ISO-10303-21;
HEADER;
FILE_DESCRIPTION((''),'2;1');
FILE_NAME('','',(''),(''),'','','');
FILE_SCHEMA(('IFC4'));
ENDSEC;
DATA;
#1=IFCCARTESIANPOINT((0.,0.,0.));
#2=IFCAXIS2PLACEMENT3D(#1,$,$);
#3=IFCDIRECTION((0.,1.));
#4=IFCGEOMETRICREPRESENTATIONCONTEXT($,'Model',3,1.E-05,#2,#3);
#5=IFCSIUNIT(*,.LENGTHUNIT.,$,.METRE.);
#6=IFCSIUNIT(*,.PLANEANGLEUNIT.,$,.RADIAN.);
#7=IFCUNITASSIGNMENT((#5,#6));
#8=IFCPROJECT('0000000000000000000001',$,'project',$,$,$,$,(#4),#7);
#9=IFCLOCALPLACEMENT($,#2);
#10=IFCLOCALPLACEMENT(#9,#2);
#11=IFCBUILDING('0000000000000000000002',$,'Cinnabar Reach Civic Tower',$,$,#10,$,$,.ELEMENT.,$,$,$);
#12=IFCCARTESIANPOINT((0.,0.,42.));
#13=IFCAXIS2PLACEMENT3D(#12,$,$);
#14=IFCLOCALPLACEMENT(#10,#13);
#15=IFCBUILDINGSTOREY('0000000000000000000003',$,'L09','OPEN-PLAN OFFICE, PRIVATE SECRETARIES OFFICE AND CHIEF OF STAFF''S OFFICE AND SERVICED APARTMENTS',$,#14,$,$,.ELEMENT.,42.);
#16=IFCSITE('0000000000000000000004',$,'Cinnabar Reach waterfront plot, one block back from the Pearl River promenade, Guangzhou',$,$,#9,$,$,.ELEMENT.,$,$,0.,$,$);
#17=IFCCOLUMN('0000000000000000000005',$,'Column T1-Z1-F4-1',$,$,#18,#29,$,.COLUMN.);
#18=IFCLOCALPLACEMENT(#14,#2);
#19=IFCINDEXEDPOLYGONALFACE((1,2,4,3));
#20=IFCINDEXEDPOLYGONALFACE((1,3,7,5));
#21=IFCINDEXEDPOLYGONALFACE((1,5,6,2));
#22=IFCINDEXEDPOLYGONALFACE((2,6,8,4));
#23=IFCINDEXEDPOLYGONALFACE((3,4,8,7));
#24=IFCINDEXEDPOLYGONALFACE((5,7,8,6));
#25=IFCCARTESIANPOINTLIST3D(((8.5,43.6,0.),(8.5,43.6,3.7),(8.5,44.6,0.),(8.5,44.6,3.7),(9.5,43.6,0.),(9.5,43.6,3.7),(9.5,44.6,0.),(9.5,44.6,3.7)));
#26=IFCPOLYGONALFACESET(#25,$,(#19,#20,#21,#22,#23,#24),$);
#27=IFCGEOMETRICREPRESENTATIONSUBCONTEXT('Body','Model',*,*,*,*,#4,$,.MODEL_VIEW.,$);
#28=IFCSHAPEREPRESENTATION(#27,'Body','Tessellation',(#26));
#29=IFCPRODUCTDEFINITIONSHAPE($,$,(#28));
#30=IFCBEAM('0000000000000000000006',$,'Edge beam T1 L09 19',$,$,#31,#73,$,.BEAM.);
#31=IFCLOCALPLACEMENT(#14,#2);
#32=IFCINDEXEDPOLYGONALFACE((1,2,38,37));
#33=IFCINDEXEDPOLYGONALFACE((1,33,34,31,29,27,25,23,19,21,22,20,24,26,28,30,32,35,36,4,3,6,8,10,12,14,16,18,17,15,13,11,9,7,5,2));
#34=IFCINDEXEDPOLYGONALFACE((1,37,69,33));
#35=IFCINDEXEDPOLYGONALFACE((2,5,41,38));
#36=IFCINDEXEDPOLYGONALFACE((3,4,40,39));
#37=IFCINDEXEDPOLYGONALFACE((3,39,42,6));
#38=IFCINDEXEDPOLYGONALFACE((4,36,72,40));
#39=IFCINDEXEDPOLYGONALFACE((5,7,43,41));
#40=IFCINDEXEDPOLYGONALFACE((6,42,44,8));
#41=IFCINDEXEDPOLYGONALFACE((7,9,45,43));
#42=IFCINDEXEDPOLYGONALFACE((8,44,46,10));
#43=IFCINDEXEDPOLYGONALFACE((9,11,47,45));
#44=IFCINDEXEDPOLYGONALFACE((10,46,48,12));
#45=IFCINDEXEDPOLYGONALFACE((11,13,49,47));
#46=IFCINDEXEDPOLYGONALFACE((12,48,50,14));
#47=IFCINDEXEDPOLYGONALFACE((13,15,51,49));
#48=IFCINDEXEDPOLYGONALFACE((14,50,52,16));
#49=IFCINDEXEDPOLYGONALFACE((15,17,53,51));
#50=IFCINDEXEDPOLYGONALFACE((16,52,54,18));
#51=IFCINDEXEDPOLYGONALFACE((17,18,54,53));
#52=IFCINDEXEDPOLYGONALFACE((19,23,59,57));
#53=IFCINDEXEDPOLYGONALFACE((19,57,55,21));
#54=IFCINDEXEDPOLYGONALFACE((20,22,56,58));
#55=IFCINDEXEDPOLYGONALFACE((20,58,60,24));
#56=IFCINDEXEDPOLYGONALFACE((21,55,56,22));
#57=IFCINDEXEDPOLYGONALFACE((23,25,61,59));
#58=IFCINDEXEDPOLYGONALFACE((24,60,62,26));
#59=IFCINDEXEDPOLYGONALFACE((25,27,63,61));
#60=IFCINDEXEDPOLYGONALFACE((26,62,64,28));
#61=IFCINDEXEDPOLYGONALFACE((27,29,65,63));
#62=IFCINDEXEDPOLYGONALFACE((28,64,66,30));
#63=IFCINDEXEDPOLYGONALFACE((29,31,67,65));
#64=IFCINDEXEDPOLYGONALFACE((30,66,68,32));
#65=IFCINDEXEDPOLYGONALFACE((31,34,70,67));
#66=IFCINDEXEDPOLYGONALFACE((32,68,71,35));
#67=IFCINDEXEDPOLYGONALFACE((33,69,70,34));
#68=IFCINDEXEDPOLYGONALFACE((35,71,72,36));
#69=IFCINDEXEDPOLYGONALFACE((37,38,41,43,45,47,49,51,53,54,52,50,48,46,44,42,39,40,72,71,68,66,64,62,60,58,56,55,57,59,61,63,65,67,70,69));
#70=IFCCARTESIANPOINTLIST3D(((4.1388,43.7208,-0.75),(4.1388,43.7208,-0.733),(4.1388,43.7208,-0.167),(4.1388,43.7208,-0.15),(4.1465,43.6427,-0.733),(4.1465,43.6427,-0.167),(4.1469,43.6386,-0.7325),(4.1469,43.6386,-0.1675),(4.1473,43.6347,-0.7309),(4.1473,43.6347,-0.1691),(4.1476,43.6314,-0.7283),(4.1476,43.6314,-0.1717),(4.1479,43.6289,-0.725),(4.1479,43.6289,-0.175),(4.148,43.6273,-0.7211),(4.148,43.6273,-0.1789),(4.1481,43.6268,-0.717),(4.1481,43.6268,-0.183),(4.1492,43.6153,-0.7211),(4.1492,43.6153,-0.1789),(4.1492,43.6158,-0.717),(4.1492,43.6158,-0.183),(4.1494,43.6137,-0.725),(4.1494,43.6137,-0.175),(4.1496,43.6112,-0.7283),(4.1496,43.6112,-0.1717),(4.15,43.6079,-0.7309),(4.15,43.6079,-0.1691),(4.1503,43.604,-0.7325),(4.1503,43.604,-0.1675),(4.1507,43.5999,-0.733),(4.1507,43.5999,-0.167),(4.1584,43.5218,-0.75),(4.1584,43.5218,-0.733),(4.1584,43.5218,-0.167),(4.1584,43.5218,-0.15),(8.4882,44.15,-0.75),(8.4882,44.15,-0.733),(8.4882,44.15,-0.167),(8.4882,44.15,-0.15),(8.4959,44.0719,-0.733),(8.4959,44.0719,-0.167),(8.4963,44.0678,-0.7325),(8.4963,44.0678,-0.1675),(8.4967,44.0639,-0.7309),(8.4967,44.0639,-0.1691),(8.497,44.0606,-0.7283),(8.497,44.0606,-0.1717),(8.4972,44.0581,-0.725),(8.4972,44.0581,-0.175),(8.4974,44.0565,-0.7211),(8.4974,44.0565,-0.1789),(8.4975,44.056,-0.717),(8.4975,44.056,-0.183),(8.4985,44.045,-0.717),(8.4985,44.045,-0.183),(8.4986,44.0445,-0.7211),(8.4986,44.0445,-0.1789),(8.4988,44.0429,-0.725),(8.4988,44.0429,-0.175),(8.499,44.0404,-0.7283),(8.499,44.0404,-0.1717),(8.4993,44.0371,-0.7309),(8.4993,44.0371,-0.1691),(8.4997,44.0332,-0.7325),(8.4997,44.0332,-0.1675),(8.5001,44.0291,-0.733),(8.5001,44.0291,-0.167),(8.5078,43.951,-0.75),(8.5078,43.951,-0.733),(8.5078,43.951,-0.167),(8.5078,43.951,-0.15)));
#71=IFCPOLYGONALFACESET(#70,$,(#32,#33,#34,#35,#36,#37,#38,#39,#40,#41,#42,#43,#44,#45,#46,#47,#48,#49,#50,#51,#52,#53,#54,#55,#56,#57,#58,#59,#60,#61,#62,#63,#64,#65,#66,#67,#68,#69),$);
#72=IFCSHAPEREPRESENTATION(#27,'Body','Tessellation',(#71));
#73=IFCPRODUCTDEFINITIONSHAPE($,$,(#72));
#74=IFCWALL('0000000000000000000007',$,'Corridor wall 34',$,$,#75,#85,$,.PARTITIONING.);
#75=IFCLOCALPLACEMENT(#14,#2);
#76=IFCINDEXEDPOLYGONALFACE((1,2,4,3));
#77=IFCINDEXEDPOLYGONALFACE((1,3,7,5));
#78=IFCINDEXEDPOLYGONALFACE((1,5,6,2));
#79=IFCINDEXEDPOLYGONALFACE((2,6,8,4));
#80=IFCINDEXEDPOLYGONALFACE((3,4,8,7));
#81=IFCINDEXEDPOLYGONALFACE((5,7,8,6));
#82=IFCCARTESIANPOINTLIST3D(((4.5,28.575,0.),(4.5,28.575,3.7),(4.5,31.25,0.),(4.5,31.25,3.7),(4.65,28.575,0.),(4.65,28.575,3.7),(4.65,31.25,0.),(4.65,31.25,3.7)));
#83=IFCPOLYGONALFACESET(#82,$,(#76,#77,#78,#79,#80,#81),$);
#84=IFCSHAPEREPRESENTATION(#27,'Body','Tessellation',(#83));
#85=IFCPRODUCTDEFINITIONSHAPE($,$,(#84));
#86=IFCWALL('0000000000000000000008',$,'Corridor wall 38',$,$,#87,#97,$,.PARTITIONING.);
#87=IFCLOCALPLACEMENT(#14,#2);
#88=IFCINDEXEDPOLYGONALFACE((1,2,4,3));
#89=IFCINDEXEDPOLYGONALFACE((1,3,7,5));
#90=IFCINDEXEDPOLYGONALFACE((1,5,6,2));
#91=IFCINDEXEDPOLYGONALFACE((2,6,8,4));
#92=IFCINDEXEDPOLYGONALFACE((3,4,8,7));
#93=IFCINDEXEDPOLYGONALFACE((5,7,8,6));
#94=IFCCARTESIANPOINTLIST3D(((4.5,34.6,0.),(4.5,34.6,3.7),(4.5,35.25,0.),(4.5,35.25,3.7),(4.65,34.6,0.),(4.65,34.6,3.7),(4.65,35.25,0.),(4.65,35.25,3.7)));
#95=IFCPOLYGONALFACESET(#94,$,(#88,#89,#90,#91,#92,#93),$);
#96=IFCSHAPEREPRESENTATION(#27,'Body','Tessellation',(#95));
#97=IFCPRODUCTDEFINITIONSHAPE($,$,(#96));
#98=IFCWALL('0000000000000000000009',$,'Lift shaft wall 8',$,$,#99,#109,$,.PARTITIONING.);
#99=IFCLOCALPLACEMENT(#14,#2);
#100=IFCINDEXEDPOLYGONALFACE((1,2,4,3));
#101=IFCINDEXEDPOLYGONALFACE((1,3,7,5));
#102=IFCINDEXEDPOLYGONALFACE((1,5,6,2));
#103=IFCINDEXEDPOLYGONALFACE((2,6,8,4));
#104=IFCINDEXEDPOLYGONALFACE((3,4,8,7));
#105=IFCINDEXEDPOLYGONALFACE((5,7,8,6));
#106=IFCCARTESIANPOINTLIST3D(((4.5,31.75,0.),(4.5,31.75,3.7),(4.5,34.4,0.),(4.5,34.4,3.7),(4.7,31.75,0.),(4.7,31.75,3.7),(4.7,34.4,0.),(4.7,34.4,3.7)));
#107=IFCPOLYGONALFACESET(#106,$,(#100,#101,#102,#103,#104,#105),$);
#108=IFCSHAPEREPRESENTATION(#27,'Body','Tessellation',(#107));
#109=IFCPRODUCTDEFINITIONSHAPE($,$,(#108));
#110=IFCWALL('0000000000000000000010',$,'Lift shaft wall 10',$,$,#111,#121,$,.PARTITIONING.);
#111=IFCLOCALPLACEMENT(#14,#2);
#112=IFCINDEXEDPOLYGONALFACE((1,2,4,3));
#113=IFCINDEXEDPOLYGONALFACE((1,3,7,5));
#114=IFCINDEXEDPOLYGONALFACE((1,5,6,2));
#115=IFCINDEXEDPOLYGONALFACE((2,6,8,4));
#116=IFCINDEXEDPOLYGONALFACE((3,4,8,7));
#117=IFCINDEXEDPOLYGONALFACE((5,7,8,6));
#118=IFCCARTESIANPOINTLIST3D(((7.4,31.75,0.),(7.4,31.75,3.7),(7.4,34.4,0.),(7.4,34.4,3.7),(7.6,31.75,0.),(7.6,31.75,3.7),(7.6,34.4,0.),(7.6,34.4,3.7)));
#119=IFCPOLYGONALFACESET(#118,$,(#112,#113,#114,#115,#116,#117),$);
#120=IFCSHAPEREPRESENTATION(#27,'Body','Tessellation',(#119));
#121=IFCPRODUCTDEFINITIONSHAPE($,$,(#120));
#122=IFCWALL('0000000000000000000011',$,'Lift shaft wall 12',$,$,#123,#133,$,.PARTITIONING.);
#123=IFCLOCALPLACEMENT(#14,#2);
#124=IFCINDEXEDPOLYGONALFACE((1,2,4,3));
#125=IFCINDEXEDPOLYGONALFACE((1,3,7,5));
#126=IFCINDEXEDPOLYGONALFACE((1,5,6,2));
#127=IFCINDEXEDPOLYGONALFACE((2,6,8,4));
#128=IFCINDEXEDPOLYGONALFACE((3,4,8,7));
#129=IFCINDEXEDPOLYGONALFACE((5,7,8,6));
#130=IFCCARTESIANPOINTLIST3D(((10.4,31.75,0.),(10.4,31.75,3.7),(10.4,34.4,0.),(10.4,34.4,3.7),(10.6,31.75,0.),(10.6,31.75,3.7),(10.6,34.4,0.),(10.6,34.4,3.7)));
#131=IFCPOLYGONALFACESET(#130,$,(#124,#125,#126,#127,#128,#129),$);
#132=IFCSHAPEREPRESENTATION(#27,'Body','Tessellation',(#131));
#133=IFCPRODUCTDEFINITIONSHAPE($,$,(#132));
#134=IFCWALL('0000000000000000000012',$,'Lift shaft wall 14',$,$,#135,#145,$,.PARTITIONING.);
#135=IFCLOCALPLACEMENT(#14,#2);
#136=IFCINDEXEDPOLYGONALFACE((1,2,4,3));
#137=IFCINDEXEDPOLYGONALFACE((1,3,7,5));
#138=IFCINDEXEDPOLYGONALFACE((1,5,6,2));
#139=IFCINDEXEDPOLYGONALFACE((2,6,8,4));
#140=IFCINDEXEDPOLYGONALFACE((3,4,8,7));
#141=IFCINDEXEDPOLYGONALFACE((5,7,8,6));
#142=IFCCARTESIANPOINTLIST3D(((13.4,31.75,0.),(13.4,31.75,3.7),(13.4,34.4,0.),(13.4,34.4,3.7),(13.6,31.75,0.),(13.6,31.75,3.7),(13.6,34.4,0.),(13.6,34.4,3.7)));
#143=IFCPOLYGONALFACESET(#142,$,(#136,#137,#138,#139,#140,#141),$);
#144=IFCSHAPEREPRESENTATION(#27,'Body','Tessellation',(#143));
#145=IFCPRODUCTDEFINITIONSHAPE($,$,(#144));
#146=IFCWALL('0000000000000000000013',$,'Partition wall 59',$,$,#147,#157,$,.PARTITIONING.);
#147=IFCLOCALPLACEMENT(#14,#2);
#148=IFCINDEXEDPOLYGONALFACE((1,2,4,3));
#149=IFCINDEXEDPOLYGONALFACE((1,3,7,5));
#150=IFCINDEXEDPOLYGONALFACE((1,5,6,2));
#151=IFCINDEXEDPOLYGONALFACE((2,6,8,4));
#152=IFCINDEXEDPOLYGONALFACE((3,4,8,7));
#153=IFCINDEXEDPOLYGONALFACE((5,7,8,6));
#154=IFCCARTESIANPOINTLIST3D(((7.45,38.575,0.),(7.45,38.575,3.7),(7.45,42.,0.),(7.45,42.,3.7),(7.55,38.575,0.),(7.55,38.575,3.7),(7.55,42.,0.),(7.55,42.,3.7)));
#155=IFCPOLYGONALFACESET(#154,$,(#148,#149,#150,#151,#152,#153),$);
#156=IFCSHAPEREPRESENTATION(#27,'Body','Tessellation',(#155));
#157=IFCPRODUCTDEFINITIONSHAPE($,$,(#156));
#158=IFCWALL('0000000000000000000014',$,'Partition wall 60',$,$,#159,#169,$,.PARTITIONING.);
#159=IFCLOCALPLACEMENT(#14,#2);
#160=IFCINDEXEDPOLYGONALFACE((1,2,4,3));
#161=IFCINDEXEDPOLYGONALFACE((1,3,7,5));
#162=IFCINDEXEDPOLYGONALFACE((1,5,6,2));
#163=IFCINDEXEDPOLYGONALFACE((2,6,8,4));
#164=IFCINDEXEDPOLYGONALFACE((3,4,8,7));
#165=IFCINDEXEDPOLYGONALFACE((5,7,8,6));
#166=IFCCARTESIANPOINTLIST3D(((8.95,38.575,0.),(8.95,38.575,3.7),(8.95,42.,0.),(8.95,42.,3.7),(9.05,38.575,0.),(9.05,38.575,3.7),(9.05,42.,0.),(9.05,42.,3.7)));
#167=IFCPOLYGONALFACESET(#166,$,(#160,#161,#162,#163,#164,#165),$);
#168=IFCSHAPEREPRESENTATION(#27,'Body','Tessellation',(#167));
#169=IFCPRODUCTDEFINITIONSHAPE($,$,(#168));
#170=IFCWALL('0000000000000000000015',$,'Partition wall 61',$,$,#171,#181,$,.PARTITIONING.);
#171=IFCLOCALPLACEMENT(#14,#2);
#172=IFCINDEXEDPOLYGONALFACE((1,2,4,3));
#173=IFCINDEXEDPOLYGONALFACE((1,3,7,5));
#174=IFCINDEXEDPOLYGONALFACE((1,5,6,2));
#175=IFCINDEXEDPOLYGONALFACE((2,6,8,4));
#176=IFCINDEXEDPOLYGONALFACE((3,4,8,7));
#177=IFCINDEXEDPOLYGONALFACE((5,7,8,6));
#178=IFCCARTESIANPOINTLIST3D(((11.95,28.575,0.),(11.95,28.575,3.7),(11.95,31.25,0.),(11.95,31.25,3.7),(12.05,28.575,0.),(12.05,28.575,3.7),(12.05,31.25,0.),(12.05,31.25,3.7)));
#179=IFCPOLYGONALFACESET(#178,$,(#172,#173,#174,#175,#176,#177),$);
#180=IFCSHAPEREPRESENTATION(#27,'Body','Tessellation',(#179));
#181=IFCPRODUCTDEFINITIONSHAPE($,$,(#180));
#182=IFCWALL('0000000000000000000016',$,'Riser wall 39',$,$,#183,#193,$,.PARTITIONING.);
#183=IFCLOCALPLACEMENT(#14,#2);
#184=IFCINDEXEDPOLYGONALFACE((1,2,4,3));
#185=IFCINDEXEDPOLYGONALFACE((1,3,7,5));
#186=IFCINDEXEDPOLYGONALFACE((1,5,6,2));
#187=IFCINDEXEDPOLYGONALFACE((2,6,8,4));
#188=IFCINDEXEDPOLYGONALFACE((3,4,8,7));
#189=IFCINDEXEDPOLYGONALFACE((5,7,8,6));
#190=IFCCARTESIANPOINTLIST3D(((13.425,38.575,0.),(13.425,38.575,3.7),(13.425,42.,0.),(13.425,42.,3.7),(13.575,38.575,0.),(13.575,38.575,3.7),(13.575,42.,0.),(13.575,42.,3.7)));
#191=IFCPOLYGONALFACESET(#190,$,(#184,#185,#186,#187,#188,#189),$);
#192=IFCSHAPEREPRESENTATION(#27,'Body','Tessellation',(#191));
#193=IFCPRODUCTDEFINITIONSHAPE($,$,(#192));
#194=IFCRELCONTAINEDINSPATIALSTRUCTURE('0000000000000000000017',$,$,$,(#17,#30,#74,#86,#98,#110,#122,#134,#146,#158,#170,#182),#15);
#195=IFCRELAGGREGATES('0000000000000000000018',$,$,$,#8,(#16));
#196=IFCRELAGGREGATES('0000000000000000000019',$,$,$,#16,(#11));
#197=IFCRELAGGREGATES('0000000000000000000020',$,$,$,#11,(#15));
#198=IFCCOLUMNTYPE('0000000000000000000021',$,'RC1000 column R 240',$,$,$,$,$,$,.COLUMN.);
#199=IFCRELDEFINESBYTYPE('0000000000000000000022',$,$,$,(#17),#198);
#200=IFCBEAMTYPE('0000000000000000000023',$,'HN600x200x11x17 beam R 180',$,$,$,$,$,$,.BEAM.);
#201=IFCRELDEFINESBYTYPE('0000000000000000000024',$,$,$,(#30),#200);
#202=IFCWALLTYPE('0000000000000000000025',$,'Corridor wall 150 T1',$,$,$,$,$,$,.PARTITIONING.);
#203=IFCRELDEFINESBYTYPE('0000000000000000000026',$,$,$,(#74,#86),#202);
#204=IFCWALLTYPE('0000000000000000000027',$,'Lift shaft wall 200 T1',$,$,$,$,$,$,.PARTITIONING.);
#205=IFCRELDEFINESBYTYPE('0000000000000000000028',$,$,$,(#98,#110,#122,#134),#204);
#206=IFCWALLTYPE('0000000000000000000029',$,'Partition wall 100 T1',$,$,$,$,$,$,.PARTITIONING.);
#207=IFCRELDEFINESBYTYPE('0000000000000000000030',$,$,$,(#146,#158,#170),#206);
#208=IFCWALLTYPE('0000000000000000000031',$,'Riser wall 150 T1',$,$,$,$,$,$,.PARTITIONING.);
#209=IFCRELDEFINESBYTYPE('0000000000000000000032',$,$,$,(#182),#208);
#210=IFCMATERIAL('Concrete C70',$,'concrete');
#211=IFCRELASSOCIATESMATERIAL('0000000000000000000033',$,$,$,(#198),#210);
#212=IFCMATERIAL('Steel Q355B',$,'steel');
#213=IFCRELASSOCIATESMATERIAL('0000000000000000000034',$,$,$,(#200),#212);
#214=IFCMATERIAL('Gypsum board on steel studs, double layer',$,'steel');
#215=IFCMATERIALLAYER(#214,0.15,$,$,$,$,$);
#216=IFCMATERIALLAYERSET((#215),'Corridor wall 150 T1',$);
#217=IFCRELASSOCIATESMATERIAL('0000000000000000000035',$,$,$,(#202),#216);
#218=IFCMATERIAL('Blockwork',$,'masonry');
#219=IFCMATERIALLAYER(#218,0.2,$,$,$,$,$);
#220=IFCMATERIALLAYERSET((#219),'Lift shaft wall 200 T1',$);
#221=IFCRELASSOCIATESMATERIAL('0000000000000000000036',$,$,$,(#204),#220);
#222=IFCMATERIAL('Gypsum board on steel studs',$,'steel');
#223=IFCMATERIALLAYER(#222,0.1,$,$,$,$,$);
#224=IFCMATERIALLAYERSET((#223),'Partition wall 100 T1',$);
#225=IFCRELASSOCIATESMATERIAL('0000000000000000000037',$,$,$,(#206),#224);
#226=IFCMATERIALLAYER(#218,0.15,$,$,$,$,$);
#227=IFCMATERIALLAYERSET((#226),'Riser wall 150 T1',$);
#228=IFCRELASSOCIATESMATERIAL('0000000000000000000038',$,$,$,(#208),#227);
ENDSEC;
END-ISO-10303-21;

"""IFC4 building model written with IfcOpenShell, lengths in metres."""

from ifc_helpers import new_model, si_unit, direction, frame, frame_2d, origin, origin_2d, place, context, subcontext, project, spatial, rectangle, i_section, extrude, material, layer, layer_set, material_profile, profile_set, type_object, element, save


model = new_model("IFC4")

# Units and contexts
model_context = context("Model", 3, precision=1e-05, world=origin(), true_north=direction((0.0, 1.0)))
body_context = subcontext(model_context, "Body", "Model", "MODEL_VIEW")
ifc_project = project(units=[si_unit("LENGTHUNIT", "METRE"), si_unit("PLANEANGLEUNIT", "RADIAN")], contexts=[model_context])

# Site, building, storey
site_placement = place(None, origin())
site = spatial("IfcSite", under=ifc_project, at=site_placement, Name="Cinnabar Reach waterfront plot, one block back from the Pearl River promenade, Guangzhou", CompositionType="ELEMENT", RefElevation=0.0)
building_placement = place(site_placement, origin())
building = spatial("IfcBuilding", under=site, at=building_placement, Name="Cinnabar Reach Civic Tower", CompositionType="ELEMENT")
storey_placement = place(building_placement, frame((0.0, 0.0, 42.0)))
storey = spatial("IfcBuildingStorey", under=building, at=storey_placement, Name="L09", Description="OPEN-PLAN OFFICE, PRIVATE SECRETARIES OFFICE AND CHIEF OF STAFF'S OFFICE AND SERVICED APARTMENTS", CompositionType="ELEMENT", Elevation=42.0)

# Column
ifc_material_1 = material(Name="Concrete C70", Category="concrete")
ifc_material_profile_1 = material_profile(ifc_material_1, rectangle(XDim=1.0, YDim=1.0, at=origin_2d()), Name="RC1000")
ifc_profile_set_1 = profile_set([ifc_material_profile_1], Name="Concrete C70")
column_type = type_object("IfcColumnType", Name="RC1000 column R 240", PredefinedType="COLUMN", material=ifc_profile_set_1)
column_placement = place(storey_placement, frame((9.0, 44.1, 0.0), z_axis=(0.0, 0.0, 1.0), x_axis=(1.0, 0.0, 0.0)))
element("IfcColumn", 1, at=column_placement, inside=storey, type_object=column_type, Name="Column T1-Z1-F4-1", PredefinedType="COLUMN", context=body_context, shape_type="SweptSolid", body=[
    extrude(rectangle(XDim=1.0, YDim=1.0, at=origin_2d()), origin(), (0.0, 0.0, 1.0), 3.7),
])

# Beam
ifc_material_2 = material(Name="Steel Q355B", Category="steel")
ifc_material_profile_2 = material_profile(ifc_material_2, i_section(OverallWidth=0.2, OverallDepth=0.6, WebThickness=0.011, FlangeThickness=0.017, FilletRadius=0.016, at=origin_2d()), Name="HN600x200x11x17")
ifc_profile_set_2 = profile_set([ifc_material_profile_2], Name="Steel Q355B")
beam_type = type_object("IfcBeamType", Name="HN600x200x11x17 beam R 180", PredefinedType="BEAM", material=ifc_profile_set_2)
beam_placement = place(storey_placement, frame((8.498, 44.0505, -0.45), z_axis=(-0.995166, -0.098203, 0.0), x_axis=(0.098203, -0.995166, 0.0)))
element("IfcBeam", 2, at=beam_placement, inside=storey, type_object=beam_type, Name="Edge beam T1 L09 19", PredefinedType="BEAM", context=body_context, shape_type="SweptSolid", body=[
    extrude(i_section(OverallWidth=0.2, OverallDepth=0.6, WebThickness=0.011, FlangeThickness=0.017, FilletRadius=0.016, at=origin_2d()), origin(), (0.0, 0.0, 1.0), 4.3705),
])

# Walls
ifc_material_3 = material(Name="Gypsum board on steel studs, double layer", Category="steel")
ifc_layer_1 = layer(ifc_material_3, 0.15)
ifc_layer_set_1 = layer_set([ifc_layer_1], Name="Corridor wall 150 T1")
wall_type_1 = type_object("IfcWallType", Name="Corridor wall 150 T1", PredefinedType="PARTITIONING", material=ifc_layer_set_1)
wall_1_placement = place(storey_placement, frame((4.575, 28.575, 0.0), z_axis=(0.0, 0.0, 1.0), x_axis=(0.0, 1.0, 0.0)))
element("IfcWall", 3, at=wall_1_placement, inside=storey, type_object=wall_type_1, Name="Corridor wall 34", PredefinedType="PARTITIONING", context=body_context, shape_type="SweptSolid", body=[
    extrude(rectangle(XDim=2.675, YDim=0.15, at=frame_2d((1.3375, 0.0))), origin(), (0.0, 0.0, 1.0), 3.7),
])
wall_2_placement = place(storey_placement, frame((4.575, 34.6, 0.0), z_axis=(0.0, 0.0, 1.0), x_axis=(0.0, 1.0, 0.0)))
element("IfcWall", 4, at=wall_2_placement, inside=storey, type_object=wall_type_1, Name="Corridor wall 38", PredefinedType="PARTITIONING", context=body_context, shape_type="SweptSolid", body=[
    extrude(rectangle(XDim=0.65, YDim=0.15, at=frame_2d((0.325, 0.0))), origin(), (0.0, 0.0, 1.0), 3.7),
])
ifc_material_4 = material(Name="Blockwork", Category="masonry")
ifc_layer_2 = layer(ifc_material_4, 0.2)
ifc_layer_set_2 = layer_set([ifc_layer_2], Name="Lift shaft wall 200 T1")
wall_type_2 = type_object("IfcWallType", Name="Lift shaft wall 200 T1", PredefinedType="PARTITIONING", material=ifc_layer_set_2)
for number, where, z_axis, x_axis, name in (
    (5, (4.6, 31.75, 0.0), (0.0, 0.0, 1.0), (0.0, 1.0, 0.0), "Lift shaft wall 8"),
    (6, (7.5, 31.75, 0.0), (0.0, 0.0, 1.0), (0.0, 1.0, 0.0), "Lift shaft wall 10"),
    (7, (10.5, 31.75, 0.0), (0.0, 0.0, 1.0), (0.0, 1.0, 0.0), "Lift shaft wall 12"),
    (8, (13.5, 31.75, 0.0), (0.0, 0.0, 1.0), (0.0, 1.0, 0.0), "Lift shaft wall 14"),
):
    element("IfcWall", number, at=place(storey_placement, frame(where, z_axis=z_axis, x_axis=x_axis)), inside=storey, type_object=wall_type_2, Name=name, PredefinedType="PARTITIONING", context=body_context, shape_type="SweptSolid", body=[
        extrude(rectangle(XDim=2.65, YDim=0.2, at=frame_2d((1.325, 0.0))), origin(), (0.0, 0.0, 1.0), 3.7),
    ])
ifc_material_5 = material(Name="Gypsum board on steel studs", Category="steel")
ifc_layer_3 = layer(ifc_material_5, 0.1)
ifc_layer_set_3 = layer_set([ifc_layer_3], Name="Partition wall 100 T1")
wall_type_3 = type_object("IfcWallType", Name="Partition wall 100 T1", PredefinedType="PARTITIONING", material=ifc_layer_set_3)
for number, where, z_axis, x_axis, name in (
    (9, (7.5, 38.575, 0.0), (0.0, 0.0, 1.0), (0.0, 1.0, 0.0), "Partition wall 59"),
    (10, (9.0, 38.575, 0.0), (0.0, 0.0, 1.0), (0.0, 1.0, 0.0), "Partition wall 60"),
):
    element("IfcWall", number, at=place(storey_placement, frame(where, z_axis=z_axis, x_axis=x_axis)), inside=storey, type_object=wall_type_3, Name=name, PredefinedType="PARTITIONING", context=body_context, shape_type="SweptSolid", body=[
        extrude(rectangle(XDim=3.425, YDim=0.1, at=frame_2d((1.7125, 0.0))), origin(), (0.0, 0.0, 1.0), 3.7),
    ])
wall_3_placement = place(storey_placement, frame((12.0, 28.575, 0.0), z_axis=(0.0, 0.0, 1.0), x_axis=(0.0, 1.0, 0.0)))
element("IfcWall", 11, at=wall_3_placement, inside=storey, type_object=wall_type_3, Name="Partition wall 61", PredefinedType="PARTITIONING", context=body_context, shape_type="SweptSolid", body=[
    extrude(rectangle(XDim=2.675, YDim=0.1, at=frame_2d((1.3375, 0.0))), origin(), (0.0, 0.0, 1.0), 3.7),
])
ifc_layer_4 = layer(ifc_material_4, 0.15)
ifc_layer_set_4 = layer_set([ifc_layer_4], Name="Riser wall 150 T1")
wall_type_4 = type_object("IfcWallType", Name="Riser wall 150 T1", PredefinedType="PARTITIONING", material=ifc_layer_set_4)
wall_4_placement = place(storey_placement, frame((13.5, 38.575, 0.0), z_axis=(0.0, 0.0, 1.0), x_axis=(0.0, 1.0, 0.0)))
element("IfcWall", 12, at=wall_4_placement, inside=storey, type_object=wall_type_4, Name="Riser wall 39", PredefinedType="PARTITIONING", context=body_context, shape_type="SweptSolid", body=[
    extrude(rectangle(XDim=3.425, YDim=0.15, at=frame_2d((1.7125, 0.0))), origin(), (0.0, 0.0, 1.0), 3.7),
])

save(model, "model.ifc")
